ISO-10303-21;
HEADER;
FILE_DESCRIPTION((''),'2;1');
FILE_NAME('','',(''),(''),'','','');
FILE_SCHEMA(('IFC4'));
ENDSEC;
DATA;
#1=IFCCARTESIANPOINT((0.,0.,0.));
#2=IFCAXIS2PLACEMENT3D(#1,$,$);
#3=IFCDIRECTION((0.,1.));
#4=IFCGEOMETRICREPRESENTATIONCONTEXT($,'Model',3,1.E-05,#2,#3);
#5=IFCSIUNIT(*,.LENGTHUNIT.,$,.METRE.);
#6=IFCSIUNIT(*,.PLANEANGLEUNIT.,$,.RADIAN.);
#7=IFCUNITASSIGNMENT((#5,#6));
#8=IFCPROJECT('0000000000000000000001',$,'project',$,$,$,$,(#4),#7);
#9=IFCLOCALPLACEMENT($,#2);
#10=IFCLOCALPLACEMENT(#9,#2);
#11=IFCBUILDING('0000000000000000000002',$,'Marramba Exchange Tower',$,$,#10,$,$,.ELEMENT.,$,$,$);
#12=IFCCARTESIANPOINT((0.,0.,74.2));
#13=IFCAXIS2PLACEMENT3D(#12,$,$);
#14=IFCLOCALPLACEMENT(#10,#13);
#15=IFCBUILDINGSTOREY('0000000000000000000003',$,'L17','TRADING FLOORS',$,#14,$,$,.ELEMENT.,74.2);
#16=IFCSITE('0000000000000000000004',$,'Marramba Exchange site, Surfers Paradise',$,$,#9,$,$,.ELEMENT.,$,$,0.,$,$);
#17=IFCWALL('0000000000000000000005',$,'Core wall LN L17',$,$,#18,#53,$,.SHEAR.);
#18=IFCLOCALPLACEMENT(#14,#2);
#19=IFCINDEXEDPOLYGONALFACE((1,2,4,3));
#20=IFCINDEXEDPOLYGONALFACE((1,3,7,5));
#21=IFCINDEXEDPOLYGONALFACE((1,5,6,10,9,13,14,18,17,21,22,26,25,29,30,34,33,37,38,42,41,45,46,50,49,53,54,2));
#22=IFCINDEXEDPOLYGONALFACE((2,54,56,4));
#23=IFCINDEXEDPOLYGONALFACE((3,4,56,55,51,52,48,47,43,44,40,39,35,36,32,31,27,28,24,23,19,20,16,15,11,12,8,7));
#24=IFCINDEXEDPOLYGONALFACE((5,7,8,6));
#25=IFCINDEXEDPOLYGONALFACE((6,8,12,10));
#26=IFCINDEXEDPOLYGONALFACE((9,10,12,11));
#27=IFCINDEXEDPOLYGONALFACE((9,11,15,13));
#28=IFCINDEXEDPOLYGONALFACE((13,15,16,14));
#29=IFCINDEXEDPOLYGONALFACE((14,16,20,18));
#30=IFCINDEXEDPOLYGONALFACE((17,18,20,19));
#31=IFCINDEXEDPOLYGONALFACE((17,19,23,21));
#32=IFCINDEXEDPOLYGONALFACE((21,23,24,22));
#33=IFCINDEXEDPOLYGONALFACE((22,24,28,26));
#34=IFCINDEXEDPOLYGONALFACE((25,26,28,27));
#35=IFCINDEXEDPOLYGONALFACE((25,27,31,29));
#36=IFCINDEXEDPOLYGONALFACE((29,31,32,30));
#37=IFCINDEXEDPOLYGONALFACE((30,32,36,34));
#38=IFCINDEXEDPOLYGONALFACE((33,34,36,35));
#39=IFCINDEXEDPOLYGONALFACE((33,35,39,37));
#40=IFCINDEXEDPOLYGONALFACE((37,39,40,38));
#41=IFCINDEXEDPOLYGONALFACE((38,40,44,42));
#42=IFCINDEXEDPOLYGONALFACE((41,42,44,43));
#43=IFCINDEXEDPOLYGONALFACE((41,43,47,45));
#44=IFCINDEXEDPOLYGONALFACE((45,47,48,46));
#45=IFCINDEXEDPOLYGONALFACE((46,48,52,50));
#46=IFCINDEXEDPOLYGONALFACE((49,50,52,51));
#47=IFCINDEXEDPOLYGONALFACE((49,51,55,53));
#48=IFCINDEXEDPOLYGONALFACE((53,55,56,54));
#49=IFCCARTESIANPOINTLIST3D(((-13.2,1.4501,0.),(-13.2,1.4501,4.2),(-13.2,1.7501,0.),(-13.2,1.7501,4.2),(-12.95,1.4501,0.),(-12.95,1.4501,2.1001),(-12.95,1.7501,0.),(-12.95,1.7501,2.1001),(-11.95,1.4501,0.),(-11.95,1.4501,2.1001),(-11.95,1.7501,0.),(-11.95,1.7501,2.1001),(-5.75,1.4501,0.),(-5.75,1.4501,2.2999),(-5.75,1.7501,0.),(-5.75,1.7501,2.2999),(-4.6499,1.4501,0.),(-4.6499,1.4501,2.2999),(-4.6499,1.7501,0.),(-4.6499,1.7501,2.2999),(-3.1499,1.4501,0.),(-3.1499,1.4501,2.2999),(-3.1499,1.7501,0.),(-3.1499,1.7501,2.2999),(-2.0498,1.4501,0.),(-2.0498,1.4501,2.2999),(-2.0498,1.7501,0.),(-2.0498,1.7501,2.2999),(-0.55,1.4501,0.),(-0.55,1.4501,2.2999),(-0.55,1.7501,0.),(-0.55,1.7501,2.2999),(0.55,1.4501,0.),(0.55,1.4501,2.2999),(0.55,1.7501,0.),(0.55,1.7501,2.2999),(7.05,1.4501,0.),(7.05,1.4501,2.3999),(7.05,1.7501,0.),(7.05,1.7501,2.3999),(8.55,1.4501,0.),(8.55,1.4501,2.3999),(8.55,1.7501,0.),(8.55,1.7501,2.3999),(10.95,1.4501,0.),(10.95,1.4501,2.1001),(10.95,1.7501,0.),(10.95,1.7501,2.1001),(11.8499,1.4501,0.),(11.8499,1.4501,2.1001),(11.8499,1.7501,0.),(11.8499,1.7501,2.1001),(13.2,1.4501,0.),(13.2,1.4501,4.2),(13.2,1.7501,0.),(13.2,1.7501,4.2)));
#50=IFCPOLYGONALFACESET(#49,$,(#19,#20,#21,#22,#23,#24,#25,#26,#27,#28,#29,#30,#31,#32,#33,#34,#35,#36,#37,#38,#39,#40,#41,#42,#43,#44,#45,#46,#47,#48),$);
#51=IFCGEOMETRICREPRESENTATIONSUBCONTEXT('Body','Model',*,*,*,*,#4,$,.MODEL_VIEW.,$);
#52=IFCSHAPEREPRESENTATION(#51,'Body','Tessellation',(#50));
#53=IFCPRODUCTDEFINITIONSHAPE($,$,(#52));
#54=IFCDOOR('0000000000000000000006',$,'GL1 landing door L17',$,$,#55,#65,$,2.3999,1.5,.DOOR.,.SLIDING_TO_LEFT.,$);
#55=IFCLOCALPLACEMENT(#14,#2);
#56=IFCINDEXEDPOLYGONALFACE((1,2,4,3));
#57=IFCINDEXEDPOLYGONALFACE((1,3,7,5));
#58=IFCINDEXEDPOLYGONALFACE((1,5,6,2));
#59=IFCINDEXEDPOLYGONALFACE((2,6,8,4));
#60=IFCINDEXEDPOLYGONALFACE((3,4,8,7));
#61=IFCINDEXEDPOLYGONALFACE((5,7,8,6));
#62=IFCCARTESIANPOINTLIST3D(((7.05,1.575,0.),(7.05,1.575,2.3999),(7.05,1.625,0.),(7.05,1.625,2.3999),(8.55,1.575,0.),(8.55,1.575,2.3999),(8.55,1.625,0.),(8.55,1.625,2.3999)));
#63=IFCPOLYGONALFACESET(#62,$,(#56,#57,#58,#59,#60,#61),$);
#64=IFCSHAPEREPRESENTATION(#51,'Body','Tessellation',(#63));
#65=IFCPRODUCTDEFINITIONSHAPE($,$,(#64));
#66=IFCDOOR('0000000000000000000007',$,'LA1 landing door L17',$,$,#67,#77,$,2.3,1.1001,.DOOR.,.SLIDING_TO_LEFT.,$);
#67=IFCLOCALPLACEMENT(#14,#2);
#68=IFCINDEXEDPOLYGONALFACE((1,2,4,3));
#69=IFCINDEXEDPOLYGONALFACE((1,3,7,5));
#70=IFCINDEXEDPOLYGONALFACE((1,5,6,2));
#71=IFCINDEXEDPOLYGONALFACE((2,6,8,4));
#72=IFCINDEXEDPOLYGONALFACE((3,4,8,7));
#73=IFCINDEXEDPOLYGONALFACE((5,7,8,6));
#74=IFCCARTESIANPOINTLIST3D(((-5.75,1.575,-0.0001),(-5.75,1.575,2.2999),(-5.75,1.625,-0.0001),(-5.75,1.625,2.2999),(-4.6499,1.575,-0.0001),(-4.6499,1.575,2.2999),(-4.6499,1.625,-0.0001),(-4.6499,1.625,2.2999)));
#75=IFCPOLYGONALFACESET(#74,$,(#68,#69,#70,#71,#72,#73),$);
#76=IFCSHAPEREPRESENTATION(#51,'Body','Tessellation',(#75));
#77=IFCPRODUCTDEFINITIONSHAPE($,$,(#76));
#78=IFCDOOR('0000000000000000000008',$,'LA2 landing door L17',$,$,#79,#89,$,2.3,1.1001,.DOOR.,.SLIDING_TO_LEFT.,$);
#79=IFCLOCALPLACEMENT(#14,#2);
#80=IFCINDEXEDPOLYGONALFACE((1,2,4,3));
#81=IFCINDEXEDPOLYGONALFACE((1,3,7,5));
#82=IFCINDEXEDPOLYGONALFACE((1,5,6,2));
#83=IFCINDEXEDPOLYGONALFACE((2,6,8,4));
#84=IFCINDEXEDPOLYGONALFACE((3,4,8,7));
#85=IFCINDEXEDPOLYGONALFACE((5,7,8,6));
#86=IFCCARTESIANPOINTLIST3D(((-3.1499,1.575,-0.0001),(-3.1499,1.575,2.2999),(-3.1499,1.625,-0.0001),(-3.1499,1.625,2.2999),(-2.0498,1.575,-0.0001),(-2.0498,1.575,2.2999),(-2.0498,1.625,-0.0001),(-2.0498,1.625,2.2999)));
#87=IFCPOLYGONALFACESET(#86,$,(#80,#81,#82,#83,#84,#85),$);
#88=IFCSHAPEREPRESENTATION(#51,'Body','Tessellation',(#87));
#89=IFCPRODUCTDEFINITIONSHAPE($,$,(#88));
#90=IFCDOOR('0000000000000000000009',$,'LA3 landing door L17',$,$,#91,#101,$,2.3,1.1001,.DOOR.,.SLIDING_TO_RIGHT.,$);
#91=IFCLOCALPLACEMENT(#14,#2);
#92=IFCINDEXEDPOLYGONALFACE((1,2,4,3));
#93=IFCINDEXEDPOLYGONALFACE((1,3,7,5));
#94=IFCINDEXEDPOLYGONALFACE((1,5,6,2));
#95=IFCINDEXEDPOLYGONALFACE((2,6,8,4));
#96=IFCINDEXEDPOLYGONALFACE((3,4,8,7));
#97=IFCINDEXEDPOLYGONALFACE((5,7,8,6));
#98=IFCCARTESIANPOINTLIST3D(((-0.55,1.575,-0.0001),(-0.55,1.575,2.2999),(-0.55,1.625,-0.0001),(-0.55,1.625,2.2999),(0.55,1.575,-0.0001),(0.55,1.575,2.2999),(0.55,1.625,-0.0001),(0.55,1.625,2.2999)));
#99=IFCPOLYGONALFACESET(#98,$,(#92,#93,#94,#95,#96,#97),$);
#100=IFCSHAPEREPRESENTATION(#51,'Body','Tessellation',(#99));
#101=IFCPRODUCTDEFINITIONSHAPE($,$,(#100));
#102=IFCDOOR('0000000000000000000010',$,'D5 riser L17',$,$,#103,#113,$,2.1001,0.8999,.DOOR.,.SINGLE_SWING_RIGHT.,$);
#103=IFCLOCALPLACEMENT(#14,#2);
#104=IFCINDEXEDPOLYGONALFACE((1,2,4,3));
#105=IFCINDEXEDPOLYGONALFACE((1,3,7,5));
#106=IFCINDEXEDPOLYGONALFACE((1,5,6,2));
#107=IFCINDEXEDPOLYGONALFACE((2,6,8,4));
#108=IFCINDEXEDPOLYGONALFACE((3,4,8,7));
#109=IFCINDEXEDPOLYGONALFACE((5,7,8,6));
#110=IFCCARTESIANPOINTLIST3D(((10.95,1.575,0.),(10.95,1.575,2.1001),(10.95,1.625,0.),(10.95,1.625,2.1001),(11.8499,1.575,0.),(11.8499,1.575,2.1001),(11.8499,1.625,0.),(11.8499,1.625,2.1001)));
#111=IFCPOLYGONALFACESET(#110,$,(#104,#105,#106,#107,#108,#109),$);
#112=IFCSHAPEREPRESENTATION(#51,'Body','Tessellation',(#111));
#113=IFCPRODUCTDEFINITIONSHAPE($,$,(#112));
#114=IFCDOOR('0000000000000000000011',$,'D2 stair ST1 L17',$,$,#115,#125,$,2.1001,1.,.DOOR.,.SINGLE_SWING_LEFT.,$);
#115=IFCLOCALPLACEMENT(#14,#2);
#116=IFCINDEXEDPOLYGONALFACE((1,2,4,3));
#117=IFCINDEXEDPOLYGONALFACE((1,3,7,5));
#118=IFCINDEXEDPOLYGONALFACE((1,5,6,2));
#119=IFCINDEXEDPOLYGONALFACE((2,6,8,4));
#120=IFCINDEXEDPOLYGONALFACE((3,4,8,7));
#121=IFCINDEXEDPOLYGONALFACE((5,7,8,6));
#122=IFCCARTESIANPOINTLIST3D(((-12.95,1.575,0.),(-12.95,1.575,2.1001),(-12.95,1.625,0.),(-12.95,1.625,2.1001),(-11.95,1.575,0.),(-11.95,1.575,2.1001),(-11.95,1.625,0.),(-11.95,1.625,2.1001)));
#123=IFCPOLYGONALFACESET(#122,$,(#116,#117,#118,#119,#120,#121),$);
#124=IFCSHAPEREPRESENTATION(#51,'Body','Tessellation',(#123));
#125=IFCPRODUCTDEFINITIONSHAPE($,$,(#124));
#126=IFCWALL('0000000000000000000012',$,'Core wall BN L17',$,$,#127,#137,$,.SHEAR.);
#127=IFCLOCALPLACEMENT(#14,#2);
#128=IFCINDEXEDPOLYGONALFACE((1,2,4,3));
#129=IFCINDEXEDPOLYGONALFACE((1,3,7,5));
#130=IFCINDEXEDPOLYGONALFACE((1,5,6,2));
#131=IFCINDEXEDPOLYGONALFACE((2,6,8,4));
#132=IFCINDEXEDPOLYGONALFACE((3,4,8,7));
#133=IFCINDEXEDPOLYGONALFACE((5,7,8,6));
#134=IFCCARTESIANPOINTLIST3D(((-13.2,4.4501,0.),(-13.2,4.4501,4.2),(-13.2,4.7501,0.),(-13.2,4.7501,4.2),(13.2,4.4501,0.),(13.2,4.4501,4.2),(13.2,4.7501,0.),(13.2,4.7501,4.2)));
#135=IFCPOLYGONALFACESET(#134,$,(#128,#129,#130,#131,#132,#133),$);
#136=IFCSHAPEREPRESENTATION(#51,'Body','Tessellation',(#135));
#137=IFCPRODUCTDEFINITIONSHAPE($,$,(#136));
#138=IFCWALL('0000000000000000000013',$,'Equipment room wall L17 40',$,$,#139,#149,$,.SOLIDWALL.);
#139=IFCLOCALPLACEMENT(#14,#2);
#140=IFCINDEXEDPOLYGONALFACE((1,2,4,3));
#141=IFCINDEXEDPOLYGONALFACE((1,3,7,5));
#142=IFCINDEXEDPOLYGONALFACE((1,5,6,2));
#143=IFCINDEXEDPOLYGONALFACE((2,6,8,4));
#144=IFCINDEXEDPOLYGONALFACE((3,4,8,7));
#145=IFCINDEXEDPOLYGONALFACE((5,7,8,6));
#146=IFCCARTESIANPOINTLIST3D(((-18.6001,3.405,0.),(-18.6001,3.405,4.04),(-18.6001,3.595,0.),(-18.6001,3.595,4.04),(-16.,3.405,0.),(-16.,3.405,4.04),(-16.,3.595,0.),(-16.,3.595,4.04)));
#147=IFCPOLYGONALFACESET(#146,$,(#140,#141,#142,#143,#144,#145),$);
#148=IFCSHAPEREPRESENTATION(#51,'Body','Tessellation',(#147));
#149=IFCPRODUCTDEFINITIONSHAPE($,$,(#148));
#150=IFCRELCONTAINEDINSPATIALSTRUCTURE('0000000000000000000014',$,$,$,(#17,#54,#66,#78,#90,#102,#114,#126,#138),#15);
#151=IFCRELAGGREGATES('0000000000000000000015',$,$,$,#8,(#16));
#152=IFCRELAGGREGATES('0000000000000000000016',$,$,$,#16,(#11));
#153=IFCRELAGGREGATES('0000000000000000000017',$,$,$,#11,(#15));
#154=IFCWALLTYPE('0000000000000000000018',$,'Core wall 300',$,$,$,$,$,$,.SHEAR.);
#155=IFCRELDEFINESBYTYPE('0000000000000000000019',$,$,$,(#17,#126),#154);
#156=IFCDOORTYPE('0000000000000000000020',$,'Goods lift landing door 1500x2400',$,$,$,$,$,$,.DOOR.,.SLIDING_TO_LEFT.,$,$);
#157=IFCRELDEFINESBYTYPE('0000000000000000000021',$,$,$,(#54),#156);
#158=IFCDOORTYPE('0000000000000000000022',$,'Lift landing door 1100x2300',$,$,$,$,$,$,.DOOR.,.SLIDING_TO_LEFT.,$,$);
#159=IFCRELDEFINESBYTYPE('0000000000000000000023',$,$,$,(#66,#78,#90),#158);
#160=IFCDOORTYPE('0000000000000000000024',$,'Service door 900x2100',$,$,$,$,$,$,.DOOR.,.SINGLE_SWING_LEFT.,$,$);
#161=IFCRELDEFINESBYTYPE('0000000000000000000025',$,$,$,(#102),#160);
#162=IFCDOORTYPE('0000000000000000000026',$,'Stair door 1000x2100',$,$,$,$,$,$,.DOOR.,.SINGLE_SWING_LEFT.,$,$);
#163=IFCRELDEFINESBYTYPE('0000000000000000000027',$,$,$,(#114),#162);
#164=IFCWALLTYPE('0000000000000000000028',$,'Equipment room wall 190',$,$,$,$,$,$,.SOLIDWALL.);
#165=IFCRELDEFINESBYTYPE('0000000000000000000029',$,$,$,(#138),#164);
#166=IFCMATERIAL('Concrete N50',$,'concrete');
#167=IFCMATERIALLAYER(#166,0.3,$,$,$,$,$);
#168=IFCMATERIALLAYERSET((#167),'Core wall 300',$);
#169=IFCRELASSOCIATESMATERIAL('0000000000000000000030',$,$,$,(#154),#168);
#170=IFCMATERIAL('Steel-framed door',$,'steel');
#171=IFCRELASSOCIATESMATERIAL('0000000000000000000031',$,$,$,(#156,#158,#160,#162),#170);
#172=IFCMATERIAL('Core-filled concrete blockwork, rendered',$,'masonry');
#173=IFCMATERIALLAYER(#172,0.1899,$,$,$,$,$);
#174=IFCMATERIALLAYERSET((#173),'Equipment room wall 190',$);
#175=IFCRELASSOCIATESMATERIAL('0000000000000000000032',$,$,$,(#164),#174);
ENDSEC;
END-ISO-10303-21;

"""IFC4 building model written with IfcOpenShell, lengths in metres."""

from ifc_helpers import new_model, si_unit, direction, frame, frame_2d, origin, place, context, subcontext, project, spatial, rectangle, extrude, material, layer, layer_set, type_object, element, fill, save


model = new_model("IFC4")

# Units and contexts
model_context = context("Model", 3, precision=1e-05, world=origin(), true_north=direction((0.0, 1.0)))
body_context = subcontext(model_context, "Body", "Model", "MODEL_VIEW")
ifc_project = project(units=[si_unit("LENGTHUNIT", "METRE"), si_unit("PLANEANGLEUNIT", "RADIAN")], contexts=[model_context])

# Site, building, storey
site_placement = place(None, origin())
site = spatial("IfcSite", under=ifc_project, at=site_placement, Name="Marramba Exchange site, Surfers Paradise", CompositionType="ELEMENT", RefElevation=0.0)
building_placement = place(site_placement, origin())
building = spatial("IfcBuilding", under=site, at=building_placement, Name="Marramba Exchange Tower", CompositionType="ELEMENT")
storey_placement = place(building_placement, frame((0.0, 0.0, 74.2)))
storey = spatial("IfcBuildingStorey", under=building, at=storey_placement, Name="L17", Description="TRADING FLOORS", CompositionType="ELEMENT", Elevation=74.2)

# Shared definitions
ifc_material_1 = material(Name="Concrete N50", Category="concrete")
ifc_material_2 = material(Name="Steel-framed door", Category="steel")

# Wall, openings, doors
ifc_layer_1 = layer(ifc_material_1, 0.3)
ifc_layer_set_1 = layer_set([ifc_layer_1], Name="Core wall 300")
wall_type_1 = type_object("IfcWallType", Name="Core wall 300", PredefinedType="SHEAR", material=ifc_layer_set_1)
wall_1_placement = place(storey_placement, frame((-13.2, 1.6001, 0.0), z_axis=(0.0, 0.0, 1.0), x_axis=(1.0, 0.0, 0.0)))
wall_1 = element("IfcWall", 1, at=wall_1_placement, inside=storey, type_object=wall_type_1, Name="Core wall LN L17", PredefinedType="SHEAR", context=body_context, shape_type="SweptSolid", body=[
    extrude(rectangle(XDim=26.3999, YDim=0.3, at=frame_2d((13.2, 0.0))), origin(), (0.0, 0.0, 1.0), 4.2),
])
opening_1_placement = place(wall_1_placement, frame((0.25, 0.0, 0.0)))
opening_1 = element("IfcOpeningElement", 2, at=opening_1_placement, cuts=wall_1, PredefinedType="OPENING", context=body_context, shape_type="SweptSolid", body=[
    extrude(rectangle(XDim=1.0, YDim=2.1001, at=frame_2d((0.5, 1.05))), frame((0.0, 0.1599, 0.0), z_axis=(0.0, -1.0, 0.0), x_axis=(1.0, 0.0, 0.0)), (0.0, 0.0, 1.0), 0.3201),
])
opening_2_placement = place(wall_1_placement, frame((20.25, 0.0, 0.0)))
opening_2 = element("IfcOpeningElement", 3, at=opening_2_placement, cuts=wall_1, PredefinedType="OPENING", context=body_context, shape_type="SweptSolid", body=[
    extrude(rectangle(XDim=1.5, YDim=2.3999, at=frame_2d((0.75, 1.2))), frame((0.0, 0.1599, 0.0), z_axis=(0.0, -1.0, 0.0), x_axis=(1.0, 0.0, 0.0)), (0.0, 0.0, 1.0), 0.3201),
])
opening_3_placement = place(wall_1_placement, frame((7.45, 0.0, 0.0)))
opening_3 = element("IfcOpeningElement", 4, at=opening_3_placement, cuts=wall_1, PredefinedType="OPENING", context=body_context, shape_type="SweptSolid", body=[
    extrude(rectangle(XDim=1.1001, YDim=2.3, at=frame_2d((0.55, 1.1499))), frame((0.0, 0.1599, 0.0), z_axis=(0.0, -1.0, 0.0), x_axis=(1.0, 0.0, 0.0)), (0.0, 0.0, 1.0), 0.3201),
])
opening_4_placement = place(wall_1_placement, frame((10.05, 0.0, 0.0)))
opening_4 = element("IfcOpeningElement", 5, at=opening_4_placement, cuts=wall_1, PredefinedType="OPENING", context=body_context, shape_type="SweptSolid", body=[
    extrude(rectangle(XDim=1.1001, YDim=2.3, at=frame_2d((0.55, 1.1499))), frame((0.0, 0.1599, 0.0), z_axis=(0.0, -1.0, 0.0), x_axis=(1.0, 0.0, 0.0)), (0.0, 0.0, 1.0), 0.3201),
])
opening_5_placement = place(wall_1_placement, frame((12.6499, 0.0, 0.0)))
opening_5 = element("IfcOpeningElement", 6, at=opening_5_placement, cuts=wall_1, PredefinedType="OPENING", context=body_context, shape_type="SweptSolid", body=[
    extrude(rectangle(XDim=1.1001, YDim=2.3, at=frame_2d((0.55, 1.1499))), frame((0.0, 0.1599, 0.0), z_axis=(0.0, -1.0, 0.0), x_axis=(1.0, 0.0, 0.0)), (0.0, 0.0, 1.0), 0.3201),
])
opening_6_placement = place(wall_1_placement, frame((24.1499, 0.0, 0.0)))
opening_6 = element("IfcOpeningElement", 7, at=opening_6_placement, cuts=wall_1, PredefinedType="OPENING", context=body_context, shape_type="SweptSolid", body=[
    extrude(rectangle(XDim=0.8999, YDim=2.1001, at=frame_2d((0.45, 1.05))), frame((0.0, 0.1599, 0.0), z_axis=(0.0, -1.0, 0.0), x_axis=(1.0, 0.0, 0.0)), (0.0, 0.0, 1.0), 0.3201),
])
door_type_1 = type_object("IfcDoorType", Name="Goods lift landing door 1500x2400", OperationType="SLIDING_TO_LEFT", PredefinedType="DOOR", material=ifc_material_2)
door_1_placement = place(opening_2_placement, origin())
door_1 = element("IfcDoor", 8, at=door_1_placement, inside=storey, type_object=door_type_1, Name="GL1 landing door L17", OperationType="SLIDING_TO_LEFT", OverallHeight=2.3999, OverallWidth=1.5, PredefinedType="DOOR", context=body_context, shape_type="SweptSolid", body=[
    extrude(rectangle(XDim=1.5, YDim=2.3999, at=frame_2d((0.75, 1.2))), frame((0.0, 0.0249, 0.0), z_axis=(0.0, -1.0, 0.0), x_axis=(1.0, 0.0, 0.0)), (0.0, 0.0, 1.0), 0.05),
])
fill(opening_2, door_1)
door_type_2 = type_object("IfcDoorType", Name="Lift landing door 1100x2300", OperationType="SLIDING_TO_LEFT", PredefinedType="DOOR", material=ifc_material_2)
door_2_placement = place(opening_3_placement, origin())
door_2 = element("IfcDoor", 9, at=door_2_placement, inside=storey, type_object=door_type_2, Name="LA1 landing door L17", OperationType="SLIDING_TO_LEFT", OverallHeight=2.3, OverallWidth=1.1001, PredefinedType="DOOR", context=body_context, shape_type="SweptSolid", body=[
    extrude(rectangle(XDim=1.1001, YDim=2.3, at=frame_2d((0.55, 1.1499))), frame((0.0, 0.0249, 0.0), z_axis=(0.0, -1.0, 0.0), x_axis=(1.0, 0.0, 0.0)), (0.0, 0.0, 1.0), 0.05),
])
fill(opening_3, door_2)
door_3_placement = place(opening_4_placement, origin())
door_3 = element("IfcDoor", 10, at=door_3_placement, inside=storey, type_object=door_type_2, Name="LA2 landing door L17", OperationType="SLIDING_TO_LEFT", OverallHeight=2.3, OverallWidth=1.1001, PredefinedType="DOOR", context=body_context, shape_type="SweptSolid", body=[
    extrude(rectangle(XDim=1.1001, YDim=2.3, at=frame_2d((0.55, 1.1499))), frame((0.0, 0.0249, 0.0), z_axis=(0.0, -1.0, 0.0), x_axis=(1.0, 0.0, 0.0)), (0.0, 0.0, 1.0), 0.05),
])
fill(opening_4, door_3)
door_4_placement = place(opening_5_placement, origin())
door_4 = element("IfcDoor", 11, at=door_4_placement, inside=storey, type_object=door_type_2, Name="LA3 landing door L17", OperationType="SLIDING_TO_RIGHT", OverallHeight=2.3, OverallWidth=1.1001, PredefinedType="DOOR", context=body_context, shape_type="SweptSolid", body=[
    extrude(rectangle(XDim=1.1001, YDim=2.3, at=frame_2d((0.55, 1.1499))), frame((0.0, 0.0249, 0.0), z_axis=(0.0, -1.0, 0.0), x_axis=(1.0, 0.0, 0.0)), (0.0, 0.0, 1.0), 0.05),
])
fill(opening_5, door_4)
door_type_3 = type_object("IfcDoorType", Name="Service door 900x2100", OperationType="SINGLE_SWING_LEFT", PredefinedType="DOOR", material=ifc_material_2)
door_5_placement = place(opening_6_placement, origin())
door_5 = element("IfcDoor", 12, at=door_5_placement, inside=storey, type_object=door_type_3, Name="D5 riser L17", OperationType="SINGLE_SWING_RIGHT", OverallHeight=2.1001, OverallWidth=0.8999, PredefinedType="DOOR", context=body_context, shape_type="SweptSolid", body=[
    extrude(rectangle(XDim=0.8999, YDim=2.1001, at=frame_2d((0.45, 1.05))), frame((0.0, 0.0249, 0.0), z_axis=(0.0, -1.0, 0.0), x_axis=(1.0, 0.0, 0.0)), (0.0, 0.0, 1.0), 0.05),
])
fill(opening_6, door_5)
door_type_4 = type_object("IfcDoorType", Name="Stair door 1000x2100", OperationType="SINGLE_SWING_LEFT", PredefinedType="DOOR", material=ifc_material_2)
door_6_placement = place(opening_1_placement, origin())
door_6 = element("IfcDoor", 13, at=door_6_placement, inside=storey, type_object=door_type_4, Name="D2 stair ST1 L17", OperationType="SINGLE_SWING_LEFT", OverallHeight=2.1001, OverallWidth=1.0, PredefinedType="DOOR", context=body_context, shape_type="SweptSolid", body=[
    extrude(rectangle(XDim=1.0, YDim=2.1001, at=frame_2d((0.5, 1.05))), frame((0.0, 0.0249, 0.0), z_axis=(0.0, -1.0, 0.0), x_axis=(1.0, 0.0, 0.0)), (0.0, 0.0, 1.0), 0.05),
])
fill(opening_1, door_6)

# Walls
wall_2_placement = place(storey_placement, frame((-13.2, 4.6001, 0.0), z_axis=(0.0, 0.0, 1.0), x_axis=(1.0, 0.0, 0.0)))
element("IfcWall", 14, at=wall_2_placement, inside=storey, type_object=wall_type_1, Name="Core wall BN L17", PredefinedType="SHEAR", context=body_context, shape_type="SweptSolid", body=[
    extrude(rectangle(XDim=26.3999, YDim=0.3, at=frame_2d((13.2, 0.0))), origin(), (0.0, 0.0, 1.0), 4.2),
])
ifc_material_3 = material(Name="Core-filled concrete blockwork, rendered", Category="masonry")
ifc_layer_2 = layer(ifc_material_3, 0.1899)
ifc_layer_set_2 = layer_set([ifc_layer_2], Name="Equipment room wall 190")
wall_type_2 = type_object("IfcWallType", Name="Equipment room wall 190", PredefinedType="SOLIDWALL", material=ifc_layer_set_2)
wall_3_placement = place(storey_placement, frame((-16.0, 3.5, 0.0), z_axis=(0.0, 0.0, 1.0), x_axis=(-1.0, 0.0, 0.0)))
element("IfcWall", 15, at=wall_3_placement, inside=storey, type_object=wall_type_2, Name="Equipment room wall L17 40", PredefinedType="SOLIDWALL", context=body_context, shape_type="SweptSolid", body=[
    extrude(rectangle(XDim=2.6001, YDim=0.1899, at=frame_2d((1.3, 0.0))), origin(), (0.0, 0.0, 1.0), 4.04),
])

save(model, "model.ifc")
